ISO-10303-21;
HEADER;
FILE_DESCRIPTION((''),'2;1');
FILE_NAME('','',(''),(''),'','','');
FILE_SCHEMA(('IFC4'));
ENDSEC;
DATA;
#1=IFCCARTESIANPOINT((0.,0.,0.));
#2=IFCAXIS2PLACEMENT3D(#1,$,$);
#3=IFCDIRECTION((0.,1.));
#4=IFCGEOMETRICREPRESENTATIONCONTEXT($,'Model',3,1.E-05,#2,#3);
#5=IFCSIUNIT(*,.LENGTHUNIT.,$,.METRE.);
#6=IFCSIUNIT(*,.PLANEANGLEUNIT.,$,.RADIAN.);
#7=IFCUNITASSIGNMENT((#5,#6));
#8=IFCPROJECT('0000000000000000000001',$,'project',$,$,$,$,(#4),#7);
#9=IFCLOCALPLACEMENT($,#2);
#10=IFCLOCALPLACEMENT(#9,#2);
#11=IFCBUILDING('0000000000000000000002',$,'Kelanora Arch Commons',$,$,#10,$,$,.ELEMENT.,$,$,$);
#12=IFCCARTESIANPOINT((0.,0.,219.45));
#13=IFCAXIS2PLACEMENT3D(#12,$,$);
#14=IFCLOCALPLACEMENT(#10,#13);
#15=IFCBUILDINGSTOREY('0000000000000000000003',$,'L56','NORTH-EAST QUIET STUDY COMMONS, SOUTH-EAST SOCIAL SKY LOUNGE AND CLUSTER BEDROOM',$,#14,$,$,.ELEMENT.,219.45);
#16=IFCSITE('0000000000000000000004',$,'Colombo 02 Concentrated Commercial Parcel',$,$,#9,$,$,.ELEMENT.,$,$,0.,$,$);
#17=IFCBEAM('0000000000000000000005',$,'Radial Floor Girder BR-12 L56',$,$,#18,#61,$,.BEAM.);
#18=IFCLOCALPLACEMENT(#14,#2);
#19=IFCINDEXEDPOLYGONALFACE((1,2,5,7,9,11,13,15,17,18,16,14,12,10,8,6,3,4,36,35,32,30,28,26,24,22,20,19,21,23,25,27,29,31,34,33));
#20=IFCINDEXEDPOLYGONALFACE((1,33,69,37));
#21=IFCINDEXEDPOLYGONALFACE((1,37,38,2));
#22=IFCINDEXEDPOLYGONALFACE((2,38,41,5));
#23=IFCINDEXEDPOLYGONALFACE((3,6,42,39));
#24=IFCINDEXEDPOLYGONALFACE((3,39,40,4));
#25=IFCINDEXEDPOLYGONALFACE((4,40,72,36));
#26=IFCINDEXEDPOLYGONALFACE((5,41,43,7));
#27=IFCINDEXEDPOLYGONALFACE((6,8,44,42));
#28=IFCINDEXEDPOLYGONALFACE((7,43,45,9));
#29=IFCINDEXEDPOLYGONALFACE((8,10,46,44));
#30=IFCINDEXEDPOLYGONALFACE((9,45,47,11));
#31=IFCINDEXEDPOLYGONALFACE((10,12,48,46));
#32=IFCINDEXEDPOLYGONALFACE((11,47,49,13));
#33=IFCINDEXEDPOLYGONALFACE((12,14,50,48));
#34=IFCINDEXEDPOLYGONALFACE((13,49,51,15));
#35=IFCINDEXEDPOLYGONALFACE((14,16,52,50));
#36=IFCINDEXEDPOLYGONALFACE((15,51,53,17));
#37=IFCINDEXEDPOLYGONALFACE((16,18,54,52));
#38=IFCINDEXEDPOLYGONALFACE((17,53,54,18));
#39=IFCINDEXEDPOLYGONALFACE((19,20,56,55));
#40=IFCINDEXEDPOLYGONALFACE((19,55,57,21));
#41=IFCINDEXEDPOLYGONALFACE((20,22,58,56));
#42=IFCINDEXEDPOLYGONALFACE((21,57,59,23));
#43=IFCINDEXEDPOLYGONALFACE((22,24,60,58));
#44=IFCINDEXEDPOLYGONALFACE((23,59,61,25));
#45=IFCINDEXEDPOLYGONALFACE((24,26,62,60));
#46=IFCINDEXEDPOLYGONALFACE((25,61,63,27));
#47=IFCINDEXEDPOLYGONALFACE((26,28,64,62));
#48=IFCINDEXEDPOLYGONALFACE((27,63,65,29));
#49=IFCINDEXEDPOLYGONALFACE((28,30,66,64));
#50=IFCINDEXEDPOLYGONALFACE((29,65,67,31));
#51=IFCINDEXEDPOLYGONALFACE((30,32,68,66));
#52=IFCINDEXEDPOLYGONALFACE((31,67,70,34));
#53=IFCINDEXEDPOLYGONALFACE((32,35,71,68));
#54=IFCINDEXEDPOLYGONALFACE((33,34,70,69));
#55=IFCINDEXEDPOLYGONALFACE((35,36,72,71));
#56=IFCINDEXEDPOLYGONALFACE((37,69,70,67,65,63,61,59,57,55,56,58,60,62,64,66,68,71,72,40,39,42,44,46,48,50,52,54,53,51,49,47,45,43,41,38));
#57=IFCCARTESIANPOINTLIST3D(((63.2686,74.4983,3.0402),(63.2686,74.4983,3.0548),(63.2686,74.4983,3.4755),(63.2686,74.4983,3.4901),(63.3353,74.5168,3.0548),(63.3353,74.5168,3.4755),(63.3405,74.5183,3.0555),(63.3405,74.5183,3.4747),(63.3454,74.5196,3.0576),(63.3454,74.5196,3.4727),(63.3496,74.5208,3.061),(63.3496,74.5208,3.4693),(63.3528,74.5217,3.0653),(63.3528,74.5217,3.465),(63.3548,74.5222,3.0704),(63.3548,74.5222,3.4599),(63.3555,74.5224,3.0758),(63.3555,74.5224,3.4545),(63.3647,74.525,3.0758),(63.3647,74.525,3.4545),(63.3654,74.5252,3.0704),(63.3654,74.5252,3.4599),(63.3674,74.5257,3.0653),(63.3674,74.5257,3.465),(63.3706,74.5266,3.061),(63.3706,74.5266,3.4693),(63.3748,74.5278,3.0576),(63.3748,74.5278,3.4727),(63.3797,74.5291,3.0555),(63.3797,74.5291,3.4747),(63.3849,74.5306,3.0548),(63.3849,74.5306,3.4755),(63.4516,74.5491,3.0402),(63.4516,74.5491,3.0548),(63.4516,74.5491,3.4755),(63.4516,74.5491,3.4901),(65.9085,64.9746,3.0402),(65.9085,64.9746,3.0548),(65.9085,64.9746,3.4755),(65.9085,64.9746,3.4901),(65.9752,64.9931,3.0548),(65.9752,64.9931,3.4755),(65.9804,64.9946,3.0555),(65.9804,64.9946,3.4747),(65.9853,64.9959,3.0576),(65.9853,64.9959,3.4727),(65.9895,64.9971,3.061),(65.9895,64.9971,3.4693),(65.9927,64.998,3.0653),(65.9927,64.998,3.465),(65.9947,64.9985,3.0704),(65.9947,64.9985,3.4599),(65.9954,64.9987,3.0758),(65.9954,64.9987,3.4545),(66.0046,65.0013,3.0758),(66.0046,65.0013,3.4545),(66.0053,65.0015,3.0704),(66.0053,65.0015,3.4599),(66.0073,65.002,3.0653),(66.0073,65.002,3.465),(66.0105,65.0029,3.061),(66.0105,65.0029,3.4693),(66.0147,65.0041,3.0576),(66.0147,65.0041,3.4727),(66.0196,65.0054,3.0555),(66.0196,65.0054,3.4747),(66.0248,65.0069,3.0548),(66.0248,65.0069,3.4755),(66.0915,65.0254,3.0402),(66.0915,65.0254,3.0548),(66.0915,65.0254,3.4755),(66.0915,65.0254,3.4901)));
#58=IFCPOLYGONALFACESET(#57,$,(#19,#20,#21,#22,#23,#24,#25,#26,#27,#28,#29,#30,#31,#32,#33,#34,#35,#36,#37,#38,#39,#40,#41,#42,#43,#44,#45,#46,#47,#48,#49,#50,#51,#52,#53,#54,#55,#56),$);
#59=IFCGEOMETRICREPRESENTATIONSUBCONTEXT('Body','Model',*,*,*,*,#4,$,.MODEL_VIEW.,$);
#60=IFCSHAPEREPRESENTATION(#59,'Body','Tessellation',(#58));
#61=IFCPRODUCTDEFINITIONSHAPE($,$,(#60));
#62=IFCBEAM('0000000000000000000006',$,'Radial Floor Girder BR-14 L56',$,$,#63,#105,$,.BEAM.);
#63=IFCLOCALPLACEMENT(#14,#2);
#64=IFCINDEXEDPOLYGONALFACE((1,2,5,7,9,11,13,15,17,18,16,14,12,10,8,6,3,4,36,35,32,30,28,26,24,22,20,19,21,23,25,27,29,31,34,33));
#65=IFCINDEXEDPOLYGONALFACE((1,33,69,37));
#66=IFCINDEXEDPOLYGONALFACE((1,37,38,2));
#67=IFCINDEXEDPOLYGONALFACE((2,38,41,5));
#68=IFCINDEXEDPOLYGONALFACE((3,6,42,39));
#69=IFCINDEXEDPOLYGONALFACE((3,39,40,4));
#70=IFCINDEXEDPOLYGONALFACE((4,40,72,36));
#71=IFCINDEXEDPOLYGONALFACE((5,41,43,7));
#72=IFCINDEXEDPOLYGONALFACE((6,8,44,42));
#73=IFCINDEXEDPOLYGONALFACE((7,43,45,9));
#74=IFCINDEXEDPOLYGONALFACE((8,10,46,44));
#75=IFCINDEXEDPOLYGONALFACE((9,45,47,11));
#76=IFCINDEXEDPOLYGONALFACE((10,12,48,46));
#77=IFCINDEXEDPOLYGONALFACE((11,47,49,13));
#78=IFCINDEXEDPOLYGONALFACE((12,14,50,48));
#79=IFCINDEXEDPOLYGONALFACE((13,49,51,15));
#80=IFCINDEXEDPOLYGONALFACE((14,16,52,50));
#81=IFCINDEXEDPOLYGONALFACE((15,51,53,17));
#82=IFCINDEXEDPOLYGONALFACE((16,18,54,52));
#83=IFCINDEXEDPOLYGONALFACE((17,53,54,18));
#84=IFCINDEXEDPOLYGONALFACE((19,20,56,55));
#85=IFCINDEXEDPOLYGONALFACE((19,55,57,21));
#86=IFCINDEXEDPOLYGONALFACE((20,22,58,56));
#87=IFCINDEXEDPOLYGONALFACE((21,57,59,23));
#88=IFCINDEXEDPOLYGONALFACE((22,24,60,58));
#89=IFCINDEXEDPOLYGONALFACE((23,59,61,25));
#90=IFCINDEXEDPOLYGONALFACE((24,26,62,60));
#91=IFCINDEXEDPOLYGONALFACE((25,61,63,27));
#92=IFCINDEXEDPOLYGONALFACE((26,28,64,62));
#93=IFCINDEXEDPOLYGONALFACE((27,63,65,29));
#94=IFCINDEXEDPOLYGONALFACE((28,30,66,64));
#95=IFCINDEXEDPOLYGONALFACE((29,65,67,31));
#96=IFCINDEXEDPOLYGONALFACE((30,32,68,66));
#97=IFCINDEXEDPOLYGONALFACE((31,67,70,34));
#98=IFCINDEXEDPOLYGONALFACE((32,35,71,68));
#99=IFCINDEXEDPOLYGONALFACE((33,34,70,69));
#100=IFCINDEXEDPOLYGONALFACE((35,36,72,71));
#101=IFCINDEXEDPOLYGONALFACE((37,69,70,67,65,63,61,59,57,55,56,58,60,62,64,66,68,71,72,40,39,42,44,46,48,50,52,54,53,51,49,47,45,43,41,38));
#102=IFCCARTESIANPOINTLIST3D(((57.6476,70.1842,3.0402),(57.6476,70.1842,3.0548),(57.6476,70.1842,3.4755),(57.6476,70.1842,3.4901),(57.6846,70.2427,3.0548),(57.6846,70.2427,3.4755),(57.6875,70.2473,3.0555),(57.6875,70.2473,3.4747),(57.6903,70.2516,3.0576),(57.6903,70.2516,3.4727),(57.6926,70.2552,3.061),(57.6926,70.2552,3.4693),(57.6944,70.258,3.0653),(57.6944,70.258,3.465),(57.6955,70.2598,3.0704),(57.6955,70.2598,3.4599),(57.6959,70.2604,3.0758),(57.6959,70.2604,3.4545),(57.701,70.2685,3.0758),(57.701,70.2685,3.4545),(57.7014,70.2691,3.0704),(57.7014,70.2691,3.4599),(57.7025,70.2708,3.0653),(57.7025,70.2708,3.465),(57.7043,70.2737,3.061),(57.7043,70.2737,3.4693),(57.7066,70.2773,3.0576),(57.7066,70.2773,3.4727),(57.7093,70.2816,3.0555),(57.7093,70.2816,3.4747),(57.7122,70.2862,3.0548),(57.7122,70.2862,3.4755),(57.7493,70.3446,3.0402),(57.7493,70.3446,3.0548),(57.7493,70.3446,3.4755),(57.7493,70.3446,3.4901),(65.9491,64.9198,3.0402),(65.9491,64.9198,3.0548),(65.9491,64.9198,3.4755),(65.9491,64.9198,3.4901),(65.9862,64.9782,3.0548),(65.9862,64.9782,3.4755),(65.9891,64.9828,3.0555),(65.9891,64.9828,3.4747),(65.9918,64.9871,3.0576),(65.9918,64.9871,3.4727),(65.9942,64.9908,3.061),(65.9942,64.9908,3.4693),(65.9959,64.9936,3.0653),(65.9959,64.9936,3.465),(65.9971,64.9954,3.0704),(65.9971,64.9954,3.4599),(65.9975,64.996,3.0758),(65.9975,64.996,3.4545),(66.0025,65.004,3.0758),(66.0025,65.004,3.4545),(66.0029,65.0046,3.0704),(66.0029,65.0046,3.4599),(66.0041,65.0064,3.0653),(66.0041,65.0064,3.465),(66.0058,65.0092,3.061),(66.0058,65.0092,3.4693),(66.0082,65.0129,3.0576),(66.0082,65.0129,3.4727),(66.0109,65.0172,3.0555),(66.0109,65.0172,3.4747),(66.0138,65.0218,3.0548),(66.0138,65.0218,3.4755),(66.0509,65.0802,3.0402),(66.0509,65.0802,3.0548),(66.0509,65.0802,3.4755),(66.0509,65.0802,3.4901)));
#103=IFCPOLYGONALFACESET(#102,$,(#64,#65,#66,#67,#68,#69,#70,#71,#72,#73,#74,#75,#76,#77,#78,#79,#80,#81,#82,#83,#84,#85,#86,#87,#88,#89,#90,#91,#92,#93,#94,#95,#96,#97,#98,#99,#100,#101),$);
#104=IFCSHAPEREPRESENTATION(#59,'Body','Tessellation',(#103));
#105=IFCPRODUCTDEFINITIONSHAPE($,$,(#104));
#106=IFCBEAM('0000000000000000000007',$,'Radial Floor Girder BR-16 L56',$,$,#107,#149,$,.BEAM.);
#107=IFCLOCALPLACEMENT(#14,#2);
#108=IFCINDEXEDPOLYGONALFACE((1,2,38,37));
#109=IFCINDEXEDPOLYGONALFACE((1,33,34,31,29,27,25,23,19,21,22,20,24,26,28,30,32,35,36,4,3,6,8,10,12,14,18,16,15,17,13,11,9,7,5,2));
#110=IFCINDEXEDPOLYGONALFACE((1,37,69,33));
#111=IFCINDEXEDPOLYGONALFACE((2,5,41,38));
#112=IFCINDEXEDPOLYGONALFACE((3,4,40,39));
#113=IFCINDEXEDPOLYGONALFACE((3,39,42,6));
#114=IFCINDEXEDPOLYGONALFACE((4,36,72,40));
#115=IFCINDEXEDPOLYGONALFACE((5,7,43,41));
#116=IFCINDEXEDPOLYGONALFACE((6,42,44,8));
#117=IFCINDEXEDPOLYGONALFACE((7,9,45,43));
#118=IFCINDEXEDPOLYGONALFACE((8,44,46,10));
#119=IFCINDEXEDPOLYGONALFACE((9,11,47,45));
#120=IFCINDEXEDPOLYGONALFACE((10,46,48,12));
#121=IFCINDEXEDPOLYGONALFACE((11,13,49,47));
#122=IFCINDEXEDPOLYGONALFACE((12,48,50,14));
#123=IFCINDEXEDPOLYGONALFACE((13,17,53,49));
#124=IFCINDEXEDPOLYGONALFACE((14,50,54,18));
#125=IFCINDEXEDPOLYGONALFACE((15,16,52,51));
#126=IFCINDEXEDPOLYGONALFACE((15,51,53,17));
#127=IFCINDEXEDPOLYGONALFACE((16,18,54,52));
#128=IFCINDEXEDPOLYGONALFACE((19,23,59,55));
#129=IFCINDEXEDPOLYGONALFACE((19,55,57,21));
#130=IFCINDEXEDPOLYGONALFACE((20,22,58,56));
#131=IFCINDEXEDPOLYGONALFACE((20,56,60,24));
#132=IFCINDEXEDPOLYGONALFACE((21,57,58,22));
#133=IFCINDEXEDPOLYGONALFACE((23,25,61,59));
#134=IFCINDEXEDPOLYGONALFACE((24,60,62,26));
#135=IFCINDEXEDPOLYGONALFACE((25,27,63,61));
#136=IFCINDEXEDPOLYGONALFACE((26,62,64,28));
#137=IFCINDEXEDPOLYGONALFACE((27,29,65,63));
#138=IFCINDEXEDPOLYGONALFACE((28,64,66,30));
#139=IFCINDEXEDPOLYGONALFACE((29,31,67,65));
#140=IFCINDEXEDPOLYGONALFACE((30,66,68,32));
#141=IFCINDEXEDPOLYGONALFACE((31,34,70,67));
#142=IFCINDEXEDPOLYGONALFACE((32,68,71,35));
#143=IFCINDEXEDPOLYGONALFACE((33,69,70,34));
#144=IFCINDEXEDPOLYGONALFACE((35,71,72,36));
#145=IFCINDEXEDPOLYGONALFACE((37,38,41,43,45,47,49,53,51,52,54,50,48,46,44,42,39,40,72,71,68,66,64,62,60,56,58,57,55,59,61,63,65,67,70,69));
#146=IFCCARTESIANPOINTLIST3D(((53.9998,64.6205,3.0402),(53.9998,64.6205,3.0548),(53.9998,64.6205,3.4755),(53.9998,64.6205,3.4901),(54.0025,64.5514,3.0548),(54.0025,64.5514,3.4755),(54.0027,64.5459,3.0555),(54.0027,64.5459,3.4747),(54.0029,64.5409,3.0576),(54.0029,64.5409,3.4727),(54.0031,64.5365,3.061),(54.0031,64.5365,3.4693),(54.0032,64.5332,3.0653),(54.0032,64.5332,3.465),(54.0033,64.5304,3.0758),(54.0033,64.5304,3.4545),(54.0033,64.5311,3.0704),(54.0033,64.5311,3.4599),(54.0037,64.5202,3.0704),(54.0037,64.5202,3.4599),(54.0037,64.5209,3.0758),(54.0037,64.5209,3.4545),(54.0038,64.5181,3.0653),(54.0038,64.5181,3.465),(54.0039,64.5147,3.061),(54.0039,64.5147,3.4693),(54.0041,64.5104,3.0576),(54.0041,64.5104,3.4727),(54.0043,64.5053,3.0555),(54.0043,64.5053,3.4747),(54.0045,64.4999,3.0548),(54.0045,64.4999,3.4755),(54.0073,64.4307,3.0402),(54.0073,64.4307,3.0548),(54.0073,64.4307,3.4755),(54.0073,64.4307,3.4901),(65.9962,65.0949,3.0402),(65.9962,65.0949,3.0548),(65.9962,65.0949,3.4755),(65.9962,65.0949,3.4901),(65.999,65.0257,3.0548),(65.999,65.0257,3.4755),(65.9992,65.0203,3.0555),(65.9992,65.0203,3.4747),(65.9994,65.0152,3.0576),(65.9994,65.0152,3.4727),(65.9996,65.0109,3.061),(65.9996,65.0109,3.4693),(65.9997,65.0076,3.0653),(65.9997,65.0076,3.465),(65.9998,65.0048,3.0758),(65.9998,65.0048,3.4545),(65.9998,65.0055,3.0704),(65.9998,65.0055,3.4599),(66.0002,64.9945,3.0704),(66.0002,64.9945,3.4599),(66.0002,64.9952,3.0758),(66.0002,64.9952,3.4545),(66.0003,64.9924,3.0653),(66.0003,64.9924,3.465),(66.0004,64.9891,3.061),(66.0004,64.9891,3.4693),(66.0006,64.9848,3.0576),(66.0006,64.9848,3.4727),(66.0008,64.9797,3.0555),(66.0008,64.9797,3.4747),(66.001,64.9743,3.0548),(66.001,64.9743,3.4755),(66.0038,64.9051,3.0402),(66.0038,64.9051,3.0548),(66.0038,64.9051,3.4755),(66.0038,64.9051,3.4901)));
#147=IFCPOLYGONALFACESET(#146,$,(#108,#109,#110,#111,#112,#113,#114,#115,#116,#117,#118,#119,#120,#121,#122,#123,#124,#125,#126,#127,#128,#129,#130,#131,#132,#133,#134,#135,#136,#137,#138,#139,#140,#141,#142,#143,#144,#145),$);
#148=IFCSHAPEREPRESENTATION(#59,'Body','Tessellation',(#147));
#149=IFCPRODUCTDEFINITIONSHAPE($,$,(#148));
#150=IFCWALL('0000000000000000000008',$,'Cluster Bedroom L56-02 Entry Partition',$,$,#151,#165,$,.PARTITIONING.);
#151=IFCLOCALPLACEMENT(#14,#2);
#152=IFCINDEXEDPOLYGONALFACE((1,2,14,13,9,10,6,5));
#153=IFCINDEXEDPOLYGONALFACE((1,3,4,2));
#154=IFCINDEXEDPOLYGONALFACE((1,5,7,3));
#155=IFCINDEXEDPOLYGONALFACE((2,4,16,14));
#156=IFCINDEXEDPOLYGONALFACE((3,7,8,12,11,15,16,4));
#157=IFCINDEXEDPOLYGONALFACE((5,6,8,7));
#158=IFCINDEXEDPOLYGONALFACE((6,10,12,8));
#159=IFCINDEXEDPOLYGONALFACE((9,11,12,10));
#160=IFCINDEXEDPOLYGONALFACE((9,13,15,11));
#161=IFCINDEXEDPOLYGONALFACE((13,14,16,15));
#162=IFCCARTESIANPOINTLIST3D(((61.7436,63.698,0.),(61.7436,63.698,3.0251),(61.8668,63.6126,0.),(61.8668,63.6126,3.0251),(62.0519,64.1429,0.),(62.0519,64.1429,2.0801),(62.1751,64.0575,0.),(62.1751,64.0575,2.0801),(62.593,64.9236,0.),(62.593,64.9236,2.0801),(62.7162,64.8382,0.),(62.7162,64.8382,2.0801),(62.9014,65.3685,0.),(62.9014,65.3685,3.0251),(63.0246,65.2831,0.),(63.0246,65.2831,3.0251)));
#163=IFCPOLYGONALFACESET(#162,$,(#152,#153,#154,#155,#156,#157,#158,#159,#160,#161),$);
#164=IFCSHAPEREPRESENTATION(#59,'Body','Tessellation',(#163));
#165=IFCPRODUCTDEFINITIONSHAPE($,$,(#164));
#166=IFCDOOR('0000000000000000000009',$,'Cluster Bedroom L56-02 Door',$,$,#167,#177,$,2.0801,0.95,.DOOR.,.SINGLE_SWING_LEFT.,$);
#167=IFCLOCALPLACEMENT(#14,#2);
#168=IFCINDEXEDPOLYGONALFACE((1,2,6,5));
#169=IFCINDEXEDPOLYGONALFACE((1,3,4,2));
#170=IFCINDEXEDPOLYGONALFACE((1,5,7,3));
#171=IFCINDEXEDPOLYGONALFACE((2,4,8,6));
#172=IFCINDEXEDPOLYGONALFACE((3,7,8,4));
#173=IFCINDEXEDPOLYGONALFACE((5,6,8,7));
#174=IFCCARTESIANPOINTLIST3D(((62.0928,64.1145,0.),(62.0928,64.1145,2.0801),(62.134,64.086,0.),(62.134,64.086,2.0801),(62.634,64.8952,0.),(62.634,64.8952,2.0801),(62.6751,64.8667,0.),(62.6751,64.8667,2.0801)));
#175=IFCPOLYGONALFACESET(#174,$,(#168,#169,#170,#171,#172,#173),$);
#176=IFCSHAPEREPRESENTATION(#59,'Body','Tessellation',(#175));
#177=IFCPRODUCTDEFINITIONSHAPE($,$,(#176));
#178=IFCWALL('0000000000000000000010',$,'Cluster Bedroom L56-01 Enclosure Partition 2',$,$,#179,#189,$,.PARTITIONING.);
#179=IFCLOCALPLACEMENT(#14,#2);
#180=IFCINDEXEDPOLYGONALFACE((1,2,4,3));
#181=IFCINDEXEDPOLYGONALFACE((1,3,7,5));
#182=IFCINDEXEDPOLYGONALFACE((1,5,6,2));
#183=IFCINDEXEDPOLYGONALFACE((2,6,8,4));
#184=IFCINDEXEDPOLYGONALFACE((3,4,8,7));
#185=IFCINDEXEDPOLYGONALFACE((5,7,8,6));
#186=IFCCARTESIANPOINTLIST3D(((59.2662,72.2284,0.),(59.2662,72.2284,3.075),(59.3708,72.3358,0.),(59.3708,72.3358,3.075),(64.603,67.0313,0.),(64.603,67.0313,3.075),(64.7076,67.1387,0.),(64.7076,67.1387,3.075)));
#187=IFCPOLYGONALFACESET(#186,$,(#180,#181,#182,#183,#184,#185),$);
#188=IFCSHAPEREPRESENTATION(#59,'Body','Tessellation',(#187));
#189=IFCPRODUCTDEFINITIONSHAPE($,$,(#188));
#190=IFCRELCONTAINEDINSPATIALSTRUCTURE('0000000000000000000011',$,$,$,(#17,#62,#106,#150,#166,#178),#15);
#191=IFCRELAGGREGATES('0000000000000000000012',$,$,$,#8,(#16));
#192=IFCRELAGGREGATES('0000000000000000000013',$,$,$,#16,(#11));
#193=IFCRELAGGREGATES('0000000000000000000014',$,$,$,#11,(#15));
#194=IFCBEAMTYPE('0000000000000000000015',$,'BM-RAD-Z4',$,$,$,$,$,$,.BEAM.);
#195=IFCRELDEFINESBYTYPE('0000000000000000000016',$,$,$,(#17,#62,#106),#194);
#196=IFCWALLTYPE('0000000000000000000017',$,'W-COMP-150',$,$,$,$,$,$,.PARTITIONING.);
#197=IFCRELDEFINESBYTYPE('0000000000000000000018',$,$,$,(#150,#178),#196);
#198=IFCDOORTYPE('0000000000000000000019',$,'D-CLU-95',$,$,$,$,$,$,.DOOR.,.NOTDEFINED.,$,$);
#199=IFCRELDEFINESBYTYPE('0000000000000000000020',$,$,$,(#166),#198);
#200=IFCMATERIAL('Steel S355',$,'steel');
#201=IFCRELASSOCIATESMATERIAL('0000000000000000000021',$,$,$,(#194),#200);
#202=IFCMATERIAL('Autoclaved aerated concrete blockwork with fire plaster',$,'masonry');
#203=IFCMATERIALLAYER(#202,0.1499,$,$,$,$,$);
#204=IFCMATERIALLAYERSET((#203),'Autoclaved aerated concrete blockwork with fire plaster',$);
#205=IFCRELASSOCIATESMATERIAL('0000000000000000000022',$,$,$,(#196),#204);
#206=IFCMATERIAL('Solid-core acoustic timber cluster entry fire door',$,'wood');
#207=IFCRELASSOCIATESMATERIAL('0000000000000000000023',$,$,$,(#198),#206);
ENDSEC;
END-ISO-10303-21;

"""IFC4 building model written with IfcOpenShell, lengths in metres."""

from ifc_helpers import new_model, si_unit, direction, frame, frame_2d, origin, origin_2d, place, context, subcontext, project, spatial, rectangle, i_section, extrude, material, layer, layer_set, material_profile, profile_set, type_object, element, fill, save


model = new_model("IFC4")

# Units and contexts
model_context = context("Model", 3, precision=1e-05, world=origin(), true_north=direction((0.0, 1.0)))
body_context = subcontext(model_context, "Body", "Model", "MODEL_VIEW")
ifc_project = project(units=[si_unit("LENGTHUNIT", "METRE"), si_unit("PLANEANGLEUNIT", "RADIAN")], contexts=[model_context])

# Site, building, storey
site_placement = place(None, origin())
site = spatial("IfcSite", under=ifc_project, at=site_placement, Name="Colombo 02 Concentrated Commercial Parcel", CompositionType="ELEMENT", RefElevation=0.0)
building_placement = place(site_placement, origin())
building = spatial("IfcBuilding", under=site, at=building_placement, Name="Kelanora Arch Commons", CompositionType="ELEMENT")
storey_placement = place(building_placement, frame((0.0, 0.0, 219.45)))
storey = spatial("IfcBuildingStorey", under=building, at=storey_placement, Name="L56", Description="NORTH-EAST QUIET STUDY COMMONS, SOUTH-EAST SOCIAL SKY LOUNGE AND CLUSTER BEDROOM", CompositionType="ELEMENT", Elevation=219.45)

# Beams
ifc_material_1 = material(Name="Steel S355", Category="steel")
ifc_material_profile_1 = material_profile(ifc_material_1, i_section(OverallWidth=0.1899, OverallDepth=0.45, WebThickness=0.0095, FlangeThickness=0.0146, FilletRadius=0.021, at=origin_2d()), Name="IPE450")
ifc_profile_set_1 = profile_set([ifc_material_profile_1], Name="Steel S355")
beam_type_1 = type_object("IfcBeamType", Name="BM-RAD-Z4", PredefinedType="BEAM", material=ifc_profile_set_1)
beam_1_placement = place(storey_placement, frame((66.0, 65.0, 3.2651), z_axis=(-0.26712, 0.963663, 0.0), x_axis=(-0.963663, -0.26712, 0.0)))
element("IfcBeam", 1, at=beam_1_placement, inside=storey, type_object=beam_type_1, Name="Radial Floor Girder BR-12 L56", PredefinedType="BEAM", context=body_context, shape_type="SweptSolid", body=[
    extrude(i_section(OverallWidth=0.1899, OverallDepth=0.45, WebThickness=0.0095, FlangeThickness=0.0146, FilletRadius=0.021, at=origin_2d()), origin(), (0.0, 0.0, 1.0), 9.8828),
])
beam_2_placement = place(storey_placement, frame((66.0, 65.0, 3.2651), z_axis=(-0.844507, 0.535544, 0.0), x_axis=(-0.535544, -0.844507, 0.0)))
element("IfcBeam", 2, at=beam_2_placement, inside=storey, type_object=beam_type_1, Name="Radial Floor Girder BR-14 L56", PredefinedType="BEAM", context=body_context, shape_type="SweptSolid", body=[
    extrude(i_section(OverallWidth=0.1899, OverallDepth=0.45, WebThickness=0.0095, FlangeThickness=0.0146, FilletRadius=0.021, at=origin_2d()), origin(), (0.0, 0.0, 1.0), 9.8301),
])
beam_3_placement = place(storey_placement, frame((66.0, 65.0, 3.2651), z_axis=(-0.999219, -0.039511, 0.0), x_axis=(0.039511, -0.999219, 0.0)))
element("IfcBeam", 3, at=beam_3_placement, inside=storey, type_object=beam_type_1, Name="Radial Floor Girder BR-16 L56", PredefinedType="BEAM", context=body_context, shape_type="SweptSolid", body=[
    extrude(i_section(OverallWidth=0.1899, OverallDepth=0.45, WebThickness=0.0095, FlangeThickness=0.0146, FilletRadius=0.021, at=origin_2d()), origin(), (0.0, 0.0, 1.0), 12.0059),
])

# Wall, opening, door
ifc_material_2 = material(Name="Autoclaved aerated concrete blockwork with fire plaster", Category="masonry")
ifc_layer_1 = layer(ifc_material_2, 0.1499)
ifc_layer_set_1 = layer_set([ifc_layer_1], Name="Autoclaved aerated concrete blockwork with fire plaster")
wall_type_1 = type_object("IfcWallType", Name="W-COMP-150", PredefinedType="PARTITIONING", material=ifc_layer_set_1)
wall_1_placement = place(storey_placement, frame((62.9629, 65.3257, 0.0), z_axis=(0.0, 0.0, 1.0), x_axis=(-0.569635, -0.821898, 0.0)))
wall_1 = element("IfcWall", 4, at=wall_1_placement, inside=storey, type_object=wall_type_1, Name="Cluster Bedroom L56-02 Entry Partition", PredefinedType="PARTITIONING", context=body_context, shape_type="SweptSolid", body=[
    extrude(rectangle(XDim=2.0325, YDim=0.1499, at=frame_2d((1.0161, 0.0))), origin(), (0.0, 0.0, 1.0), 3.0251),
])
opening_1_placement = place(wall_1_placement, frame((0.541, 0.0, 0.0)))
opening_1 = element("IfcOpeningElement", 5, at=opening_1_placement, cuts=wall_1, PredefinedType="OPENING", context=body_context, shape_type="SweptSolid", body=[
    extrude(rectangle(XDim=0.95, YDim=2.0801, at=frame_2d((0.4751, 1.04))), frame((0.0, 0.085, 0.0), z_axis=(0.0, -1.0, 0.0), x_axis=(1.0, 0.0, 0.0)), (0.0, 0.0, 1.0), 0.1699),
])
ifc_material_3 = material(Name="Solid-core acoustic timber cluster entry fire door", Category="wood")
door_type_1 = type_object("IfcDoorType", Name="D-CLU-95", OperationType="NOTDEFINED", PredefinedType="DOOR", material=ifc_material_3)
door_1_placement = place(opening_1_placement, origin())
door_1 = element("IfcDoor", 6, at=door_1_placement, inside=storey, type_object=door_type_1, Name="Cluster Bedroom L56-02 Door", OperationType="SINGLE_SWING_LEFT", OverallHeight=2.0801, OverallWidth=0.95, PredefinedType="DOOR", context=body_context, shape_type="SweptSolid", body=[
    extrude(rectangle(XDim=0.95, YDim=2.0801, at=frame_2d((0.4751, 1.04))), frame((0.0, 0.0249, 0.0), z_axis=(0.0, -1.0, 0.0), x_axis=(1.0, 0.0, 0.0)), (0.0, 0.0, 1.0), 0.05),
])
fill(opening_1, door_1)

# Wall
wall_2_placement = place(storey_placement, frame((64.6553, 67.085, 0.0), z_axis=(0.0, 0.0, 1.0), x_axis=(-0.716418, 0.697671, 0.0)))
element("IfcWall", 7, at=wall_2_placement, inside=storey, type_object=wall_type_1, Name="Cluster Bedroom L56-01 Enclosure Partition 2", PredefinedType="PARTITIONING", context=body_context, shape_type="SweptSolid", body=[
    extrude(rectangle(XDim=7.4492, YDim=0.1499, at=frame_2d((3.7246, 0.0))), origin(), (0.0, 0.0, 1.0), 3.075),
])

save(model, "model.ifc")
